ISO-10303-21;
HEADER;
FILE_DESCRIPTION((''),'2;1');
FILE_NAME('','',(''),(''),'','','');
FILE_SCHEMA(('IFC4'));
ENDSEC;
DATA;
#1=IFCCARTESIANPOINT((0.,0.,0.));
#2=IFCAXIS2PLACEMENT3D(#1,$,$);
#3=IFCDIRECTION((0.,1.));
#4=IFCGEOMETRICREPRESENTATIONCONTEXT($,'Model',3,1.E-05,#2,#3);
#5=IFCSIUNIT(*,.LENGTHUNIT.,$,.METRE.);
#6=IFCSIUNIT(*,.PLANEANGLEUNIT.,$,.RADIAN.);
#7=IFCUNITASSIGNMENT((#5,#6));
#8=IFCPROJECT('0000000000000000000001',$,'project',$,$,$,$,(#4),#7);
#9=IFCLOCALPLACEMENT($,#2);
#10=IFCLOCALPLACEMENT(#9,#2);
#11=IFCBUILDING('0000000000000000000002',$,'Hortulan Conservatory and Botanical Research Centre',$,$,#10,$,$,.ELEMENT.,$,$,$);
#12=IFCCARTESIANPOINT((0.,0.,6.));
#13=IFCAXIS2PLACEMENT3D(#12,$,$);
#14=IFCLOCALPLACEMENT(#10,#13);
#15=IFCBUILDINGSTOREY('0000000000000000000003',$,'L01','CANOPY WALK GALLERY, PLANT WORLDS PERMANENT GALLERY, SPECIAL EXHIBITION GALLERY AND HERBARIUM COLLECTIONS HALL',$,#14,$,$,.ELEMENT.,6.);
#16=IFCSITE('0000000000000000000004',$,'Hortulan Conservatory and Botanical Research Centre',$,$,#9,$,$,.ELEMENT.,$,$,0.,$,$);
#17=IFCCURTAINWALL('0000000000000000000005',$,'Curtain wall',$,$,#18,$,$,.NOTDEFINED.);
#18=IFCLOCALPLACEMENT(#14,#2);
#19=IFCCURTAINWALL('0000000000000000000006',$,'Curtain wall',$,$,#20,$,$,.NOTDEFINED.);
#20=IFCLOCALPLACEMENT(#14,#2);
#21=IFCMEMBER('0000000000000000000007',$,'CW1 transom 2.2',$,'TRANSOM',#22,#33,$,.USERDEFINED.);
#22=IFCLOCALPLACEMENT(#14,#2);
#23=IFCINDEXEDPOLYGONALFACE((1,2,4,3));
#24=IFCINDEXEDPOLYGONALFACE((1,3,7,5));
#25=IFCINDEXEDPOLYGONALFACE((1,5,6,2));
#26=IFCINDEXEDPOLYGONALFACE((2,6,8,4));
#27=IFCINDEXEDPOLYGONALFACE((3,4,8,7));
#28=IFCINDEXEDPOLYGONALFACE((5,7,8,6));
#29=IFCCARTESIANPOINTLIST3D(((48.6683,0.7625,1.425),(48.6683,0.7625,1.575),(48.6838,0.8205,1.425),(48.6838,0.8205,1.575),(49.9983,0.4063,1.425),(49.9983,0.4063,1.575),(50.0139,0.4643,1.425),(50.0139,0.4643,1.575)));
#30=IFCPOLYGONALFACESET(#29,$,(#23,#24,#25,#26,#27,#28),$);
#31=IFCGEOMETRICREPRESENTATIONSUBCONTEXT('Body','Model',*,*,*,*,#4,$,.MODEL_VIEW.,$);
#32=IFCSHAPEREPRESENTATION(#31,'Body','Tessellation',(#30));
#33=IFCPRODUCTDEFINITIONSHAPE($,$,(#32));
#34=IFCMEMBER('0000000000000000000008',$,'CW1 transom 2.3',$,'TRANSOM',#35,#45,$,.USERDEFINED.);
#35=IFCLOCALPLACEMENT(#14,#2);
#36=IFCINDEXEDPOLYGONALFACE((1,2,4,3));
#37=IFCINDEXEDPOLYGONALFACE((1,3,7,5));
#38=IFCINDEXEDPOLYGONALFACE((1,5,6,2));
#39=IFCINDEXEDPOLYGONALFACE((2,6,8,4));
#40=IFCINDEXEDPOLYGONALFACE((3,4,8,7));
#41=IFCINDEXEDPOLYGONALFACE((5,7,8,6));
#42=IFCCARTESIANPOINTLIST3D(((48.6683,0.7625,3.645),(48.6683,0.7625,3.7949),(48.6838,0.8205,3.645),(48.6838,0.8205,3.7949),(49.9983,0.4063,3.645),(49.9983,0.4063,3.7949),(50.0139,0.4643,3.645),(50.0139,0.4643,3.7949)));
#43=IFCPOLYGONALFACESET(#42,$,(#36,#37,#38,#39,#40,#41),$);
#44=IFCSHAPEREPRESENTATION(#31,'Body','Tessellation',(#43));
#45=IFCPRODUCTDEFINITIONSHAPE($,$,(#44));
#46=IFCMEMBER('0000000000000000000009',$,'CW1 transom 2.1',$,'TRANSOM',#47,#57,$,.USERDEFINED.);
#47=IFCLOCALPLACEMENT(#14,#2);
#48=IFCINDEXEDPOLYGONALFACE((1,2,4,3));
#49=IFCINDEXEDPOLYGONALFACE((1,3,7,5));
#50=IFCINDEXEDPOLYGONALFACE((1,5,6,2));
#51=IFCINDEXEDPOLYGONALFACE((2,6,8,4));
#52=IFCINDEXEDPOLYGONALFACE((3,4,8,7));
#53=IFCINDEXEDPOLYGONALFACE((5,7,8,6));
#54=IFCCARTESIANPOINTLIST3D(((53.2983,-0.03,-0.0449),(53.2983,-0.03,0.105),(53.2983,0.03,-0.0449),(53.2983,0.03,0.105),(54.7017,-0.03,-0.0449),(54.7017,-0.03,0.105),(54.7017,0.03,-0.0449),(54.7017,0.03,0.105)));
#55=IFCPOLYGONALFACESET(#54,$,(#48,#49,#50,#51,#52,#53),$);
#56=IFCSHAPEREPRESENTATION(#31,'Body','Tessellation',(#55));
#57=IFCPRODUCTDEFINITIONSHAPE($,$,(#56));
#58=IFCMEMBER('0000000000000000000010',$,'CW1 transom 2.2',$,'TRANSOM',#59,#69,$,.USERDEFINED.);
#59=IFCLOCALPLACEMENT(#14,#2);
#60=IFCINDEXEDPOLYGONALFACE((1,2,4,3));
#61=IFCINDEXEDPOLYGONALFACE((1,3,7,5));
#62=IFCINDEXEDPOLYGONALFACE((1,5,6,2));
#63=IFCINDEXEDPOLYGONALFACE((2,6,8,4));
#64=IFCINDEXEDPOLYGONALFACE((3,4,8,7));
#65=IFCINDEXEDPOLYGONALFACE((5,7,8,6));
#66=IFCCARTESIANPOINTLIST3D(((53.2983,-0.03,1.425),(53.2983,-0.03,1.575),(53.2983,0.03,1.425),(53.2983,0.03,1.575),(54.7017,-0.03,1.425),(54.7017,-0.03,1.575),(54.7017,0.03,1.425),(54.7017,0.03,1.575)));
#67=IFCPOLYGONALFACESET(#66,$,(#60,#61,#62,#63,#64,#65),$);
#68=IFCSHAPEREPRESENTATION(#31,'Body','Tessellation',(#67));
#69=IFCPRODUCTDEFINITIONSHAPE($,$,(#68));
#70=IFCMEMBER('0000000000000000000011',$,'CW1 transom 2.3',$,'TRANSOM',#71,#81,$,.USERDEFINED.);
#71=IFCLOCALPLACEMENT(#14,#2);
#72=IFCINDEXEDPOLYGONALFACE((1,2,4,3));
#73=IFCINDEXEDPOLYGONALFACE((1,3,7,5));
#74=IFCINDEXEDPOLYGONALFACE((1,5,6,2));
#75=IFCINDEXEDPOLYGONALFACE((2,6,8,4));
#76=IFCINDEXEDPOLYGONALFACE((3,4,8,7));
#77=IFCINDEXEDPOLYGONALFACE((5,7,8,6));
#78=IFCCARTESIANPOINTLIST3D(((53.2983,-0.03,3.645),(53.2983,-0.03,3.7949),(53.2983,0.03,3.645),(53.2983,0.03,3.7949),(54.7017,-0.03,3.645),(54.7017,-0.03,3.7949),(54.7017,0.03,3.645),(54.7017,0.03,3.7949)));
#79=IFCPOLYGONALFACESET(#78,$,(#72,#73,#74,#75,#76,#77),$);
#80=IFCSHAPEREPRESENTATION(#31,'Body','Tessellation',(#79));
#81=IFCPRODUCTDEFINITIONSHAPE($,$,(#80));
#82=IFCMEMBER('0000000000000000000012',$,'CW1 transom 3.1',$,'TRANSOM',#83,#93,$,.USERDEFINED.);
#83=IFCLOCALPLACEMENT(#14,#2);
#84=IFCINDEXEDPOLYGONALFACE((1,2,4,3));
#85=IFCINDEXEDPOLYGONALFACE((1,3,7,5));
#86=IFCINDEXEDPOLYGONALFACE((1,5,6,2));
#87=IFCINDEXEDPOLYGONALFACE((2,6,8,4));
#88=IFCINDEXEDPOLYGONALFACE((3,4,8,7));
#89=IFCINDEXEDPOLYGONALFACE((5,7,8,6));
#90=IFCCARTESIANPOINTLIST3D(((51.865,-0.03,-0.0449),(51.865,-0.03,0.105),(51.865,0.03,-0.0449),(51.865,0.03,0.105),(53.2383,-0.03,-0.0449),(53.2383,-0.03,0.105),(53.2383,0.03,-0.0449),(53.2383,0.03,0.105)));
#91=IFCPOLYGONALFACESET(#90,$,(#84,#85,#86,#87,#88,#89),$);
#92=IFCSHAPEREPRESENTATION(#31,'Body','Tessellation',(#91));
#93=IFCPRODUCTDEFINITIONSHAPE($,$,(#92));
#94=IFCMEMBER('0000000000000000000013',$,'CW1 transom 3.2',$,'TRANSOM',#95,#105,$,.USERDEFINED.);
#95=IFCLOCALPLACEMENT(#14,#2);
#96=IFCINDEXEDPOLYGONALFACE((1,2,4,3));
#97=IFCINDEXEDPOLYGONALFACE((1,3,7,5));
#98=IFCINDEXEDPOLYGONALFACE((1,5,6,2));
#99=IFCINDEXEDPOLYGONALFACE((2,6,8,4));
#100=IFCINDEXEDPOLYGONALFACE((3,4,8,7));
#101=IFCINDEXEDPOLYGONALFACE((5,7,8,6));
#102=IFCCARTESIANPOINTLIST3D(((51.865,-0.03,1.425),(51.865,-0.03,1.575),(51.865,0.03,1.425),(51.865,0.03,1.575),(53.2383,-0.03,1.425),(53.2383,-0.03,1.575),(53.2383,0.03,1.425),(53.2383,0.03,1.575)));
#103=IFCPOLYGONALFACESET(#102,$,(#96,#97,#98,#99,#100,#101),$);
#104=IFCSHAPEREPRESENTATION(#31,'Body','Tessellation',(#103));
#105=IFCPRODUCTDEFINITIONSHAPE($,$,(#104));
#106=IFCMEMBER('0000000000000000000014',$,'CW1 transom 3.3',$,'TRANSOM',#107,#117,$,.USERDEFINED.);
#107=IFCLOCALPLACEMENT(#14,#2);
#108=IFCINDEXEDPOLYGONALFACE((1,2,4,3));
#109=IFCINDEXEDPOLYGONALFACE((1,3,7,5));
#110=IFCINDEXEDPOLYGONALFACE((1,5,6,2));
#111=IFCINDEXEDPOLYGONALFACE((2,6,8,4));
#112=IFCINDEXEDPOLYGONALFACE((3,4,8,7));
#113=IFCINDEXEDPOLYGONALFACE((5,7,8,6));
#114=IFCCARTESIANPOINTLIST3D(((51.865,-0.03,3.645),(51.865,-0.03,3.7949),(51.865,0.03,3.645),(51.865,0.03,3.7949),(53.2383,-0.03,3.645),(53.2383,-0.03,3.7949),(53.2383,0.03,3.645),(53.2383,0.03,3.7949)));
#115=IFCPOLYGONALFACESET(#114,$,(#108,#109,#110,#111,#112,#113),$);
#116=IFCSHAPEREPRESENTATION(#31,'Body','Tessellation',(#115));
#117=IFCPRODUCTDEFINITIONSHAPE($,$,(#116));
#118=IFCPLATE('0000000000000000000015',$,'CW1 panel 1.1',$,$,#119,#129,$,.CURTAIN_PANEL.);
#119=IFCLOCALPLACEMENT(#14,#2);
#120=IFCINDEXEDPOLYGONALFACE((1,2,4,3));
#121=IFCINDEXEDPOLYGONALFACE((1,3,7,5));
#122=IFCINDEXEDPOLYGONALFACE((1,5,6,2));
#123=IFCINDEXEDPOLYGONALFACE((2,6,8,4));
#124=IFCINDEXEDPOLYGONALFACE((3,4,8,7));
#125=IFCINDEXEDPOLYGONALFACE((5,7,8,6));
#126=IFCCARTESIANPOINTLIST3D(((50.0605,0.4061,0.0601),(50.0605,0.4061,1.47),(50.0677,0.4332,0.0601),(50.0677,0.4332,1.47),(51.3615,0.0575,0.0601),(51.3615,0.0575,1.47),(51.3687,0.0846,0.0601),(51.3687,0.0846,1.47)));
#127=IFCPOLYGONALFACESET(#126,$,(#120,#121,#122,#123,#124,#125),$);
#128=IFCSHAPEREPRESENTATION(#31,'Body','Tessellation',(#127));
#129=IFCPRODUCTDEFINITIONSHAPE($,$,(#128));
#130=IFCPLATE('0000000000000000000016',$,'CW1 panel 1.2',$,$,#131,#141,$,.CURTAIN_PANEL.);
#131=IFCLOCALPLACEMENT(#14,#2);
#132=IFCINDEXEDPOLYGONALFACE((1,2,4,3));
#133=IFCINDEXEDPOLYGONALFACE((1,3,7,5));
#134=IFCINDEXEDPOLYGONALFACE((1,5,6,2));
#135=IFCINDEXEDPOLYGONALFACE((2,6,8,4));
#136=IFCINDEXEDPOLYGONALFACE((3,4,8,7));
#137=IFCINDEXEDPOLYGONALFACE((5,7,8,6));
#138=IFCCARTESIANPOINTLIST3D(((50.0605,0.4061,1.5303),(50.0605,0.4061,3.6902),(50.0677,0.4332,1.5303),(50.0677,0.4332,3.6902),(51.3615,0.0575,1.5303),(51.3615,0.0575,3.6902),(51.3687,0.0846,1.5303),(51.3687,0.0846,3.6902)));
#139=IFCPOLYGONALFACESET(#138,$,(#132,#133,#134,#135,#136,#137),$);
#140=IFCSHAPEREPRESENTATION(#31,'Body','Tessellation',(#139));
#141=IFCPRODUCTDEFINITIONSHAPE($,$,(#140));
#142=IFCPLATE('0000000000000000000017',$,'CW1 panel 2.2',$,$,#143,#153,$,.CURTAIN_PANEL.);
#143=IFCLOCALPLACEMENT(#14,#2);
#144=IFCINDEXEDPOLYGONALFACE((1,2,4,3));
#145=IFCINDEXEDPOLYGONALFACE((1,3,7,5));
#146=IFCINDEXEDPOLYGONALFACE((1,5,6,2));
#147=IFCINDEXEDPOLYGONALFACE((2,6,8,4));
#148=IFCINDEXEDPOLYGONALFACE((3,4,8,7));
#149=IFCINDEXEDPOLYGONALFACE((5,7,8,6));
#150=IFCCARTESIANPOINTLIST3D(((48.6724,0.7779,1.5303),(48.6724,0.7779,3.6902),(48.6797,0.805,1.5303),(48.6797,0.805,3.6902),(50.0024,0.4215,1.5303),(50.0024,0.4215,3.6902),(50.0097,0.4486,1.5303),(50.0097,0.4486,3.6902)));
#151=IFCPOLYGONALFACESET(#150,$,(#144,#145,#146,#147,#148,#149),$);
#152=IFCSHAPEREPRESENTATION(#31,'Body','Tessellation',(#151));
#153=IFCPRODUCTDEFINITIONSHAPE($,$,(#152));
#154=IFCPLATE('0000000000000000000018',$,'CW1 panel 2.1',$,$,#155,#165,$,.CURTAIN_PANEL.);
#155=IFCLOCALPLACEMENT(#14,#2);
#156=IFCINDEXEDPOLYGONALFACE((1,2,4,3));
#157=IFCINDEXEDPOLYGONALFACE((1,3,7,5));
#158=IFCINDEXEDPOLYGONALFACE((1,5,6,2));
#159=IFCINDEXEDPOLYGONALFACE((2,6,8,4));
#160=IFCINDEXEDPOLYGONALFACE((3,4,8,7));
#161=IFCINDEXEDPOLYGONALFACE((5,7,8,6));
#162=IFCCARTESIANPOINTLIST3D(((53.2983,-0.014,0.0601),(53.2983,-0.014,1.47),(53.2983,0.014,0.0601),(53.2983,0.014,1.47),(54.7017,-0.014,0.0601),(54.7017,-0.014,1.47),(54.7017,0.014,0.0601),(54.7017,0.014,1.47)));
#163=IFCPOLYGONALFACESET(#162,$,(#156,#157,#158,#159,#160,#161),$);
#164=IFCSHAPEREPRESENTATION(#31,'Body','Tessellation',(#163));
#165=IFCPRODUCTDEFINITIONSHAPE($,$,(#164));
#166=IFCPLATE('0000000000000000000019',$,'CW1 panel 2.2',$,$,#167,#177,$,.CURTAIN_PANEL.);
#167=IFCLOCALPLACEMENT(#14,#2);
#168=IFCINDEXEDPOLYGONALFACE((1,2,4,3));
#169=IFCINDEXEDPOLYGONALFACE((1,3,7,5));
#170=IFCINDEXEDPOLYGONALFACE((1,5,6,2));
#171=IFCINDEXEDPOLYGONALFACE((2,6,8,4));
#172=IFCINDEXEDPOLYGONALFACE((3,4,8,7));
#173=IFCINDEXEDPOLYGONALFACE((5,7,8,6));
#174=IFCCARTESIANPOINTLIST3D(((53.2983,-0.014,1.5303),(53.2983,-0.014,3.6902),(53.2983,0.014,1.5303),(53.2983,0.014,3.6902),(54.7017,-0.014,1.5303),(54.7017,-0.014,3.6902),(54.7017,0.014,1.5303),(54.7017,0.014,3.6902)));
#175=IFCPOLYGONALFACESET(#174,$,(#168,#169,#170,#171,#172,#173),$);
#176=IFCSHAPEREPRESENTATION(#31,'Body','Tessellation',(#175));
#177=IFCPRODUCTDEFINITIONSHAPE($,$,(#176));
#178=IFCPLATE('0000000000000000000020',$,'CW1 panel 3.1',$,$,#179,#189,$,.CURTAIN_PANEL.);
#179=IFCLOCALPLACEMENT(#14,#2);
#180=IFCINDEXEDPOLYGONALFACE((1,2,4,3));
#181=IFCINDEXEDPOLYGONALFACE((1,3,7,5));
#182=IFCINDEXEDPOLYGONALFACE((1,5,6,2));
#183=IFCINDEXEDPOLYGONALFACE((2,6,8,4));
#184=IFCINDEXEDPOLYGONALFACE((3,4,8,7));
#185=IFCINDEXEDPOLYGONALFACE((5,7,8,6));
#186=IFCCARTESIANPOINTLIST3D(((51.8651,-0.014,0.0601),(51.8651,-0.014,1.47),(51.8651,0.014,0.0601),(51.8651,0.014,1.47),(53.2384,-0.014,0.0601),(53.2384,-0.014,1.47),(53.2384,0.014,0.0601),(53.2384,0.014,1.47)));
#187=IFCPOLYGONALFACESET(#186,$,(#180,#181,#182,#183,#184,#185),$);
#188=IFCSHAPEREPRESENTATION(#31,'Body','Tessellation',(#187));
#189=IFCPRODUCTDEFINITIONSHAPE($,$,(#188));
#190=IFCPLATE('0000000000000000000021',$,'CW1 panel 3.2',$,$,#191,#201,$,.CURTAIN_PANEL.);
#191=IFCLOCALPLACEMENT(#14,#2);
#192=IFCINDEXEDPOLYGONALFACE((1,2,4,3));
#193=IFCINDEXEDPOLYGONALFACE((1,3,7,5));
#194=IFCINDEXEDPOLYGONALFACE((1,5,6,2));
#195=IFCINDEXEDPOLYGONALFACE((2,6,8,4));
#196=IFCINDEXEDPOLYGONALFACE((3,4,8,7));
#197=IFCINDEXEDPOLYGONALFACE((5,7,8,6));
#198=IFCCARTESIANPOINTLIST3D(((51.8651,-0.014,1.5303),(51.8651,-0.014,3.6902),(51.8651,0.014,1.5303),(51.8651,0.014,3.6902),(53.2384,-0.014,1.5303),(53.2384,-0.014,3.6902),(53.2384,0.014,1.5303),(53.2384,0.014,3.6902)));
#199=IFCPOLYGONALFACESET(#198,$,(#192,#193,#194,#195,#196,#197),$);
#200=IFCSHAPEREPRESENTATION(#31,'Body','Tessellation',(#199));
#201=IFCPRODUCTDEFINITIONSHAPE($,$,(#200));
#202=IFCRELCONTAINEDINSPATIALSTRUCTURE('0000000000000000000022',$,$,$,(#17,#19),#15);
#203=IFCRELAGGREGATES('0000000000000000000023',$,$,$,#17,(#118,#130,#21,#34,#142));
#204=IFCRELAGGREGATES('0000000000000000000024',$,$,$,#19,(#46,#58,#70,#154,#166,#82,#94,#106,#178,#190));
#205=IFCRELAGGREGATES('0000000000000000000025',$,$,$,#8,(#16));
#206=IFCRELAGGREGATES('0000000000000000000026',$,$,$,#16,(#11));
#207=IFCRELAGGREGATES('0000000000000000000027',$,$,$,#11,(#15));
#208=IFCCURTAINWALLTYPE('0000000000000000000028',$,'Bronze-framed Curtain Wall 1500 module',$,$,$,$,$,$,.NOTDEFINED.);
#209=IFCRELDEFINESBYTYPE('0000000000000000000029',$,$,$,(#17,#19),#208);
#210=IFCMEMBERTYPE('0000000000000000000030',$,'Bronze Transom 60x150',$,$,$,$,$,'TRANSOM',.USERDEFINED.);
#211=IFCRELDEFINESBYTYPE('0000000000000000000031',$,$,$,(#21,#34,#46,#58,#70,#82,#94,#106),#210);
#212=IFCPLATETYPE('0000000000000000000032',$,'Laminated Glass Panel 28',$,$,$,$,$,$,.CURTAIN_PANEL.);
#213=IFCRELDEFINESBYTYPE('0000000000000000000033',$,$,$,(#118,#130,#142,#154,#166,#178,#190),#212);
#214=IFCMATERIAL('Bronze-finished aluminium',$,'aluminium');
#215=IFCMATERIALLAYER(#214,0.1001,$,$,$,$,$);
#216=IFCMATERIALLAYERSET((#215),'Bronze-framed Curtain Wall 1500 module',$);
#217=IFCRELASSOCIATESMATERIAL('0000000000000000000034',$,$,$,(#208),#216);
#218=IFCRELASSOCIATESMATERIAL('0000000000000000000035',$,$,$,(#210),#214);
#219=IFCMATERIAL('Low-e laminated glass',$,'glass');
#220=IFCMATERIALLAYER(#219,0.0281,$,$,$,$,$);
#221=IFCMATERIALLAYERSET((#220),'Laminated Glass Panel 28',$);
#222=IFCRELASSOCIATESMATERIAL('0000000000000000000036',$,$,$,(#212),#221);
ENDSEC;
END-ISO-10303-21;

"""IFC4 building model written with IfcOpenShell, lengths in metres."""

from ifc_helpers import new_model, si_unit, direction, frame, origin, origin_2d, place, context, subcontext, project, spatial, rectangle, extrude, material, layer, layer_set, material_profile, profile_set, type_object, element, aggregate, save


model = new_model("IFC4")

# Units and contexts
model_context = context("Model", 3, precision=1e-05, world=origin(), true_north=direction((0.0, 1.0)))
body_context = subcontext(model_context, "Body", "Model", "MODEL_VIEW")
ifc_project = project(units=[si_unit("LENGTHUNIT", "METRE"), si_unit("PLANEANGLEUNIT", "RADIAN")], contexts=[model_context])

# Site, building, storey
site_placement = place(None, origin())
site = spatial("IfcSite", under=ifc_project, at=site_placement, Name="Hortulan Conservatory and Botanical Research Centre", CompositionType="ELEMENT", RefElevation=0.0)
building_placement = place(site_placement, origin())
building = spatial("IfcBuilding", under=site, at=building_placement, Name="Hortulan Conservatory and Botanical Research Centre", CompositionType="ELEMENT")
storey_placement = place(building_placement, frame((0.0, 0.0, 6.0)))
storey = spatial("IfcBuildingStorey", under=building, at=storey_placement, Name="L01", Description="CANOPY WALK GALLERY, PLANT WORLDS PERMANENT GALLERY, SPECIAL EXHIBITION GALLERY AND HERBARIUM COLLECTIONS HALL", CompositionType="ELEMENT", Elevation=6.0)

# Curtain walls
ifc_material_1 = material(Name="Bronze-finished aluminium", Category="aluminium")
ifc_layer_1 = layer(ifc_material_1, 0.1001)
ifc_layer_set_1 = layer_set([ifc_layer_1], Name="Bronze-framed Curtain Wall 1500 module")
curtain_wall_type = type_object("IfcCurtainWallType", Name="Bronze-framed Curtain Wall 1500 module", PredefinedType="NOTDEFINED", material=ifc_layer_set_1)
curtain_wall_1_placement = place(storey_placement, origin())
curtain_wall_1 = element("IfcCurtainWall", 1, at=curtain_wall_1_placement, inside=storey, type_object=curtain_wall_type, Name="Curtain wall", PredefinedType="NOTDEFINED")
curtain_wall_2_placement = place(storey_placement, origin())
curtain_wall_2 = element("IfcCurtainWall", 2, at=curtain_wall_2_placement, inside=storey, type_object=curtain_wall_type, Name="Curtain wall", PredefinedType="NOTDEFINED")

# Members
ifc_material_profile_1 = material_profile(ifc_material_1, rectangle(XDim=0.0601, YDim=0.1499, at=origin_2d()), Name="Bronze Transom 60x150")
ifc_profile_set_1 = profile_set([ifc_material_profile_1], Name="Bronze-finished aluminium")
member_type_1 = type_object("IfcMemberType", Name="Bronze Transom 60x150", ElementType="TRANSOM", PredefinedType="USERDEFINED", material=ifc_profile_set_1)
member_1_placement = place(storey_placement, frame((50.0061, 0.4353, 1.5), z_axis=(-0.965961, 0.258689, 0.0), x_axis=(-0.258689, -0.965961, 0.0)))
member_1 = element("IfcMember", 3, at=member_1_placement, type_object=member_type_1, Name="CW1 transom 2.2", ObjectType="TRANSOM", PredefinedType="USERDEFINED", context=body_context, shape_type="SweptSolid", body=[
    extrude(rectangle(XDim=0.0601, YDim=0.1499, at=origin_2d()), origin(), (0.0, 0.0, 1.0), 1.377),
])
member_2_placement = place(storey_placement, frame((50.0061, 0.4353, 3.72), z_axis=(-0.965961, 0.258689, 0.0), x_axis=(-0.258689, -0.965961, 0.0)))
member_2 = element("IfcMember", 4, at=member_2_placement, type_object=member_type_1, Name="CW1 transom 2.3", ObjectType="TRANSOM", PredefinedType="USERDEFINED", context=body_context, shape_type="SweptSolid", body=[
    extrude(rectangle(XDim=0.0601, YDim=0.1499, at=origin_2d()), origin(), (0.0, 0.0, 1.0), 1.377),
])
member_3_placement = place(storey_placement, frame((54.7017, 0.0, 0.03), z_axis=(-1.0, 0.0, 0.0), x_axis=(0.0, -1.0, 0.0)))
member_3 = element("IfcMember", 5, at=member_3_placement, type_object=member_type_1, Name="CW1 transom 2.1", ObjectType="TRANSOM", PredefinedType="USERDEFINED", context=body_context, shape_type="SweptSolid", body=[
    extrude(rectangle(XDim=0.0601, YDim=0.1499, at=origin_2d()), origin(), (0.0, 0.0, 1.0), 1.4033),
])
member_4_placement = place(storey_placement, frame((54.7017, 0.0, 1.5), z_axis=(-1.0, 0.0, 0.0), x_axis=(0.0, -1.0, 0.0)))
member_4 = element("IfcMember", 6, at=member_4_placement, type_object=member_type_1, Name="CW1 transom 2.2", ObjectType="TRANSOM", PredefinedType="USERDEFINED", context=body_context, shape_type="SweptSolid", body=[
    extrude(rectangle(XDim=0.0601, YDim=0.1499, at=origin_2d()), origin(), (0.0, 0.0, 1.0), 1.4033),
])
member_5_placement = place(storey_placement, frame((54.7017, 0.0, 3.72), z_axis=(-1.0, 0.0, 0.0), x_axis=(0.0, -1.0, 0.0)))
member_5 = element("IfcMember", 7, at=member_5_placement, type_object=member_type_1, Name="CW1 transom 2.3", ObjectType="TRANSOM", PredefinedType="USERDEFINED", context=body_context, shape_type="SweptSolid", body=[
    extrude(rectangle(XDim=0.0601, YDim=0.1499, at=origin_2d()), origin(), (0.0, 0.0, 1.0), 1.4033),
])
member_6_placement = place(storey_placement, frame((53.2383, 0.0, 0.03), z_axis=(-1.0, 0.0, 0.0), x_axis=(0.0, -1.0, 0.0)))
member_6 = element("IfcMember", 8, at=member_6_placement, type_object=member_type_1, Name="CW1 transom 3.1", ObjectType="TRANSOM", PredefinedType="USERDEFINED", context=body_context, shape_type="SweptSolid", body=[
    extrude(rectangle(XDim=0.0601, YDim=0.1499, at=origin_2d()), origin(), (0.0, 0.0, 1.0), 1.3733),
])
member_7_placement = place(storey_placement, frame((53.2383, 0.0, 1.5), z_axis=(-1.0, 0.0, 0.0), x_axis=(0.0, -1.0, 0.0)))
member_7 = element("IfcMember", 9, at=member_7_placement, type_object=member_type_1, Name="CW1 transom 3.2", ObjectType="TRANSOM", PredefinedType="USERDEFINED", context=body_context, shape_type="SweptSolid", body=[
    extrude(rectangle(XDim=0.0601, YDim=0.1499, at=origin_2d()), origin(), (0.0, 0.0, 1.0), 1.3733),
])
member_8_placement = place(storey_placement, frame((53.2383, 0.0, 3.72), z_axis=(-1.0, 0.0, 0.0), x_axis=(0.0, -1.0, 0.0)))
member_8 = element("IfcMember", 10, at=member_8_placement, type_object=member_type_1, Name="CW1 transom 3.3", ObjectType="TRANSOM", PredefinedType="USERDEFINED", context=body_context, shape_type="SweptSolid", body=[
    extrude(rectangle(XDim=0.0601, YDim=0.1499, at=origin_2d()), origin(), (0.0, 0.0, 1.0), 1.3733),
])

# Plates
ifc_material_2 = material(Name="Low-e laminated glass", Category="glass")
ifc_layer_2 = layer(ifc_material_2, 0.0281)
ifc_layer_set_2 = layer_set([ifc_layer_2], Name="Laminated Glass Panel 28")
plate_type = type_object("IfcPlateType", Name="Laminated Glass Panel 28", PredefinedType="CURTAIN_PANEL", material=ifc_layer_set_2)
plate_1_placement = place(storey_placement, frame((50.7146, 0.2454, 0.0601), z_axis=(0.0, 0.0, 1.0), x_axis=(-0.965922, 0.258832, 0.0)))
plate_1 = element("IfcPlate", 11, at=plate_1_placement, type_object=plate_type, Name="CW1 panel 1.1", PredefinedType="CURTAIN_PANEL", context=body_context, shape_type="SweptSolid", body=[
    extrude(rectangle(XDim=1.3469, YDim=0.0281, at=origin_2d()), origin(), (0.0, 0.0, 1.0), 1.4099),
])
plate_2_placement = place(storey_placement, frame((50.7146, 0.2454, 1.5303), z_axis=(0.0, 0.0, 1.0), x_axis=(-0.965922, 0.258832, 0.0)))
plate_2 = element("IfcPlate", 12, at=plate_2_placement, type_object=plate_type, Name="CW1 panel 1.2", PredefinedType="CURTAIN_PANEL", context=body_context, shape_type="SweptSolid", body=[
    extrude(rectangle(XDim=1.3469, YDim=0.0281, at=origin_2d()), origin(), (0.0, 0.0, 1.0), 2.1599),
])
plate_3_placement = place(storey_placement, frame((49.3411, 0.6133, 1.5303), z_axis=(0.0, 0.0, 1.0), x_axis=(-0.965922, 0.258832, 0.0)))
plate_3 = element("IfcPlate", 13, at=plate_3_placement, type_object=plate_type, Name="CW1 panel 2.2", PredefinedType="CURTAIN_PANEL", context=body_context, shape_type="SweptSolid", body=[
    extrude(rectangle(XDim=1.377, YDim=0.0281, at=origin_2d()), origin(), (0.0, 0.0, 1.0), 2.1599),
])
aggregate(curtain_wall_1, [plate_1, plate_2, member_1, member_2, plate_3])
plate_4_placement = place(storey_placement, frame((54.0, 0.0, 0.0601), z_axis=(0.0, 0.0, 1.0), x_axis=(-1.0, 0.0, 0.0)))
plate_4 = element("IfcPlate", 14, at=plate_4_placement, type_object=plate_type, Name="CW1 panel 2.1", PredefinedType="CURTAIN_PANEL", context=body_context, shape_type="SweptSolid", body=[
    extrude(rectangle(XDim=1.4033, YDim=0.0281, at=origin_2d()), origin(), (0.0, 0.0, 1.0), 1.4099),
])
plate_5_placement = place(storey_placement, frame((54.0, 0.0, 1.5303), z_axis=(0.0, 0.0, 1.0), x_axis=(-1.0, 0.0, 0.0)))
plate_5 = element("IfcPlate", 15, at=plate_5_placement, type_object=plate_type, Name="CW1 panel 2.2", PredefinedType="CURTAIN_PANEL", context=body_context, shape_type="SweptSolid", body=[
    extrude(rectangle(XDim=1.4033, YDim=0.0281, at=origin_2d()), origin(), (0.0, 0.0, 1.0), 2.1599),
])
plate_6_placement = place(storey_placement, frame((52.5518, 0.0, 0.0601), z_axis=(0.0, 0.0, 1.0), x_axis=(-1.0, 0.0, 0.0)))
plate_6 = element("IfcPlate", 16, at=plate_6_placement, type_object=plate_type, Name="CW1 panel 3.1", PredefinedType="CURTAIN_PANEL", context=body_context, shape_type="SweptSolid", body=[
    extrude(rectangle(XDim=1.3733, YDim=0.0281, at=origin_2d()), origin(), (0.0, 0.0, 1.0), 1.4099),
])
plate_7_placement = place(storey_placement, frame((52.5518, 0.0, 1.5303), z_axis=(0.0, 0.0, 1.0), x_axis=(-1.0, 0.0, 0.0)))
plate_7 = element("IfcPlate", 17, at=plate_7_placement, type_object=plate_type, Name="CW1 panel 3.2", PredefinedType="CURTAIN_PANEL", context=body_context, shape_type="SweptSolid", body=[
    extrude(rectangle(XDim=1.3733, YDim=0.0281, at=origin_2d()), origin(), (0.0, 0.0, 1.0), 2.1599),
])
aggregate(curtain_wall_2, [member_3, member_4, member_5, plate_4, plate_5, member_6, member_7, member_8, plate_6, plate_7])

save(model, "model.ifc")
